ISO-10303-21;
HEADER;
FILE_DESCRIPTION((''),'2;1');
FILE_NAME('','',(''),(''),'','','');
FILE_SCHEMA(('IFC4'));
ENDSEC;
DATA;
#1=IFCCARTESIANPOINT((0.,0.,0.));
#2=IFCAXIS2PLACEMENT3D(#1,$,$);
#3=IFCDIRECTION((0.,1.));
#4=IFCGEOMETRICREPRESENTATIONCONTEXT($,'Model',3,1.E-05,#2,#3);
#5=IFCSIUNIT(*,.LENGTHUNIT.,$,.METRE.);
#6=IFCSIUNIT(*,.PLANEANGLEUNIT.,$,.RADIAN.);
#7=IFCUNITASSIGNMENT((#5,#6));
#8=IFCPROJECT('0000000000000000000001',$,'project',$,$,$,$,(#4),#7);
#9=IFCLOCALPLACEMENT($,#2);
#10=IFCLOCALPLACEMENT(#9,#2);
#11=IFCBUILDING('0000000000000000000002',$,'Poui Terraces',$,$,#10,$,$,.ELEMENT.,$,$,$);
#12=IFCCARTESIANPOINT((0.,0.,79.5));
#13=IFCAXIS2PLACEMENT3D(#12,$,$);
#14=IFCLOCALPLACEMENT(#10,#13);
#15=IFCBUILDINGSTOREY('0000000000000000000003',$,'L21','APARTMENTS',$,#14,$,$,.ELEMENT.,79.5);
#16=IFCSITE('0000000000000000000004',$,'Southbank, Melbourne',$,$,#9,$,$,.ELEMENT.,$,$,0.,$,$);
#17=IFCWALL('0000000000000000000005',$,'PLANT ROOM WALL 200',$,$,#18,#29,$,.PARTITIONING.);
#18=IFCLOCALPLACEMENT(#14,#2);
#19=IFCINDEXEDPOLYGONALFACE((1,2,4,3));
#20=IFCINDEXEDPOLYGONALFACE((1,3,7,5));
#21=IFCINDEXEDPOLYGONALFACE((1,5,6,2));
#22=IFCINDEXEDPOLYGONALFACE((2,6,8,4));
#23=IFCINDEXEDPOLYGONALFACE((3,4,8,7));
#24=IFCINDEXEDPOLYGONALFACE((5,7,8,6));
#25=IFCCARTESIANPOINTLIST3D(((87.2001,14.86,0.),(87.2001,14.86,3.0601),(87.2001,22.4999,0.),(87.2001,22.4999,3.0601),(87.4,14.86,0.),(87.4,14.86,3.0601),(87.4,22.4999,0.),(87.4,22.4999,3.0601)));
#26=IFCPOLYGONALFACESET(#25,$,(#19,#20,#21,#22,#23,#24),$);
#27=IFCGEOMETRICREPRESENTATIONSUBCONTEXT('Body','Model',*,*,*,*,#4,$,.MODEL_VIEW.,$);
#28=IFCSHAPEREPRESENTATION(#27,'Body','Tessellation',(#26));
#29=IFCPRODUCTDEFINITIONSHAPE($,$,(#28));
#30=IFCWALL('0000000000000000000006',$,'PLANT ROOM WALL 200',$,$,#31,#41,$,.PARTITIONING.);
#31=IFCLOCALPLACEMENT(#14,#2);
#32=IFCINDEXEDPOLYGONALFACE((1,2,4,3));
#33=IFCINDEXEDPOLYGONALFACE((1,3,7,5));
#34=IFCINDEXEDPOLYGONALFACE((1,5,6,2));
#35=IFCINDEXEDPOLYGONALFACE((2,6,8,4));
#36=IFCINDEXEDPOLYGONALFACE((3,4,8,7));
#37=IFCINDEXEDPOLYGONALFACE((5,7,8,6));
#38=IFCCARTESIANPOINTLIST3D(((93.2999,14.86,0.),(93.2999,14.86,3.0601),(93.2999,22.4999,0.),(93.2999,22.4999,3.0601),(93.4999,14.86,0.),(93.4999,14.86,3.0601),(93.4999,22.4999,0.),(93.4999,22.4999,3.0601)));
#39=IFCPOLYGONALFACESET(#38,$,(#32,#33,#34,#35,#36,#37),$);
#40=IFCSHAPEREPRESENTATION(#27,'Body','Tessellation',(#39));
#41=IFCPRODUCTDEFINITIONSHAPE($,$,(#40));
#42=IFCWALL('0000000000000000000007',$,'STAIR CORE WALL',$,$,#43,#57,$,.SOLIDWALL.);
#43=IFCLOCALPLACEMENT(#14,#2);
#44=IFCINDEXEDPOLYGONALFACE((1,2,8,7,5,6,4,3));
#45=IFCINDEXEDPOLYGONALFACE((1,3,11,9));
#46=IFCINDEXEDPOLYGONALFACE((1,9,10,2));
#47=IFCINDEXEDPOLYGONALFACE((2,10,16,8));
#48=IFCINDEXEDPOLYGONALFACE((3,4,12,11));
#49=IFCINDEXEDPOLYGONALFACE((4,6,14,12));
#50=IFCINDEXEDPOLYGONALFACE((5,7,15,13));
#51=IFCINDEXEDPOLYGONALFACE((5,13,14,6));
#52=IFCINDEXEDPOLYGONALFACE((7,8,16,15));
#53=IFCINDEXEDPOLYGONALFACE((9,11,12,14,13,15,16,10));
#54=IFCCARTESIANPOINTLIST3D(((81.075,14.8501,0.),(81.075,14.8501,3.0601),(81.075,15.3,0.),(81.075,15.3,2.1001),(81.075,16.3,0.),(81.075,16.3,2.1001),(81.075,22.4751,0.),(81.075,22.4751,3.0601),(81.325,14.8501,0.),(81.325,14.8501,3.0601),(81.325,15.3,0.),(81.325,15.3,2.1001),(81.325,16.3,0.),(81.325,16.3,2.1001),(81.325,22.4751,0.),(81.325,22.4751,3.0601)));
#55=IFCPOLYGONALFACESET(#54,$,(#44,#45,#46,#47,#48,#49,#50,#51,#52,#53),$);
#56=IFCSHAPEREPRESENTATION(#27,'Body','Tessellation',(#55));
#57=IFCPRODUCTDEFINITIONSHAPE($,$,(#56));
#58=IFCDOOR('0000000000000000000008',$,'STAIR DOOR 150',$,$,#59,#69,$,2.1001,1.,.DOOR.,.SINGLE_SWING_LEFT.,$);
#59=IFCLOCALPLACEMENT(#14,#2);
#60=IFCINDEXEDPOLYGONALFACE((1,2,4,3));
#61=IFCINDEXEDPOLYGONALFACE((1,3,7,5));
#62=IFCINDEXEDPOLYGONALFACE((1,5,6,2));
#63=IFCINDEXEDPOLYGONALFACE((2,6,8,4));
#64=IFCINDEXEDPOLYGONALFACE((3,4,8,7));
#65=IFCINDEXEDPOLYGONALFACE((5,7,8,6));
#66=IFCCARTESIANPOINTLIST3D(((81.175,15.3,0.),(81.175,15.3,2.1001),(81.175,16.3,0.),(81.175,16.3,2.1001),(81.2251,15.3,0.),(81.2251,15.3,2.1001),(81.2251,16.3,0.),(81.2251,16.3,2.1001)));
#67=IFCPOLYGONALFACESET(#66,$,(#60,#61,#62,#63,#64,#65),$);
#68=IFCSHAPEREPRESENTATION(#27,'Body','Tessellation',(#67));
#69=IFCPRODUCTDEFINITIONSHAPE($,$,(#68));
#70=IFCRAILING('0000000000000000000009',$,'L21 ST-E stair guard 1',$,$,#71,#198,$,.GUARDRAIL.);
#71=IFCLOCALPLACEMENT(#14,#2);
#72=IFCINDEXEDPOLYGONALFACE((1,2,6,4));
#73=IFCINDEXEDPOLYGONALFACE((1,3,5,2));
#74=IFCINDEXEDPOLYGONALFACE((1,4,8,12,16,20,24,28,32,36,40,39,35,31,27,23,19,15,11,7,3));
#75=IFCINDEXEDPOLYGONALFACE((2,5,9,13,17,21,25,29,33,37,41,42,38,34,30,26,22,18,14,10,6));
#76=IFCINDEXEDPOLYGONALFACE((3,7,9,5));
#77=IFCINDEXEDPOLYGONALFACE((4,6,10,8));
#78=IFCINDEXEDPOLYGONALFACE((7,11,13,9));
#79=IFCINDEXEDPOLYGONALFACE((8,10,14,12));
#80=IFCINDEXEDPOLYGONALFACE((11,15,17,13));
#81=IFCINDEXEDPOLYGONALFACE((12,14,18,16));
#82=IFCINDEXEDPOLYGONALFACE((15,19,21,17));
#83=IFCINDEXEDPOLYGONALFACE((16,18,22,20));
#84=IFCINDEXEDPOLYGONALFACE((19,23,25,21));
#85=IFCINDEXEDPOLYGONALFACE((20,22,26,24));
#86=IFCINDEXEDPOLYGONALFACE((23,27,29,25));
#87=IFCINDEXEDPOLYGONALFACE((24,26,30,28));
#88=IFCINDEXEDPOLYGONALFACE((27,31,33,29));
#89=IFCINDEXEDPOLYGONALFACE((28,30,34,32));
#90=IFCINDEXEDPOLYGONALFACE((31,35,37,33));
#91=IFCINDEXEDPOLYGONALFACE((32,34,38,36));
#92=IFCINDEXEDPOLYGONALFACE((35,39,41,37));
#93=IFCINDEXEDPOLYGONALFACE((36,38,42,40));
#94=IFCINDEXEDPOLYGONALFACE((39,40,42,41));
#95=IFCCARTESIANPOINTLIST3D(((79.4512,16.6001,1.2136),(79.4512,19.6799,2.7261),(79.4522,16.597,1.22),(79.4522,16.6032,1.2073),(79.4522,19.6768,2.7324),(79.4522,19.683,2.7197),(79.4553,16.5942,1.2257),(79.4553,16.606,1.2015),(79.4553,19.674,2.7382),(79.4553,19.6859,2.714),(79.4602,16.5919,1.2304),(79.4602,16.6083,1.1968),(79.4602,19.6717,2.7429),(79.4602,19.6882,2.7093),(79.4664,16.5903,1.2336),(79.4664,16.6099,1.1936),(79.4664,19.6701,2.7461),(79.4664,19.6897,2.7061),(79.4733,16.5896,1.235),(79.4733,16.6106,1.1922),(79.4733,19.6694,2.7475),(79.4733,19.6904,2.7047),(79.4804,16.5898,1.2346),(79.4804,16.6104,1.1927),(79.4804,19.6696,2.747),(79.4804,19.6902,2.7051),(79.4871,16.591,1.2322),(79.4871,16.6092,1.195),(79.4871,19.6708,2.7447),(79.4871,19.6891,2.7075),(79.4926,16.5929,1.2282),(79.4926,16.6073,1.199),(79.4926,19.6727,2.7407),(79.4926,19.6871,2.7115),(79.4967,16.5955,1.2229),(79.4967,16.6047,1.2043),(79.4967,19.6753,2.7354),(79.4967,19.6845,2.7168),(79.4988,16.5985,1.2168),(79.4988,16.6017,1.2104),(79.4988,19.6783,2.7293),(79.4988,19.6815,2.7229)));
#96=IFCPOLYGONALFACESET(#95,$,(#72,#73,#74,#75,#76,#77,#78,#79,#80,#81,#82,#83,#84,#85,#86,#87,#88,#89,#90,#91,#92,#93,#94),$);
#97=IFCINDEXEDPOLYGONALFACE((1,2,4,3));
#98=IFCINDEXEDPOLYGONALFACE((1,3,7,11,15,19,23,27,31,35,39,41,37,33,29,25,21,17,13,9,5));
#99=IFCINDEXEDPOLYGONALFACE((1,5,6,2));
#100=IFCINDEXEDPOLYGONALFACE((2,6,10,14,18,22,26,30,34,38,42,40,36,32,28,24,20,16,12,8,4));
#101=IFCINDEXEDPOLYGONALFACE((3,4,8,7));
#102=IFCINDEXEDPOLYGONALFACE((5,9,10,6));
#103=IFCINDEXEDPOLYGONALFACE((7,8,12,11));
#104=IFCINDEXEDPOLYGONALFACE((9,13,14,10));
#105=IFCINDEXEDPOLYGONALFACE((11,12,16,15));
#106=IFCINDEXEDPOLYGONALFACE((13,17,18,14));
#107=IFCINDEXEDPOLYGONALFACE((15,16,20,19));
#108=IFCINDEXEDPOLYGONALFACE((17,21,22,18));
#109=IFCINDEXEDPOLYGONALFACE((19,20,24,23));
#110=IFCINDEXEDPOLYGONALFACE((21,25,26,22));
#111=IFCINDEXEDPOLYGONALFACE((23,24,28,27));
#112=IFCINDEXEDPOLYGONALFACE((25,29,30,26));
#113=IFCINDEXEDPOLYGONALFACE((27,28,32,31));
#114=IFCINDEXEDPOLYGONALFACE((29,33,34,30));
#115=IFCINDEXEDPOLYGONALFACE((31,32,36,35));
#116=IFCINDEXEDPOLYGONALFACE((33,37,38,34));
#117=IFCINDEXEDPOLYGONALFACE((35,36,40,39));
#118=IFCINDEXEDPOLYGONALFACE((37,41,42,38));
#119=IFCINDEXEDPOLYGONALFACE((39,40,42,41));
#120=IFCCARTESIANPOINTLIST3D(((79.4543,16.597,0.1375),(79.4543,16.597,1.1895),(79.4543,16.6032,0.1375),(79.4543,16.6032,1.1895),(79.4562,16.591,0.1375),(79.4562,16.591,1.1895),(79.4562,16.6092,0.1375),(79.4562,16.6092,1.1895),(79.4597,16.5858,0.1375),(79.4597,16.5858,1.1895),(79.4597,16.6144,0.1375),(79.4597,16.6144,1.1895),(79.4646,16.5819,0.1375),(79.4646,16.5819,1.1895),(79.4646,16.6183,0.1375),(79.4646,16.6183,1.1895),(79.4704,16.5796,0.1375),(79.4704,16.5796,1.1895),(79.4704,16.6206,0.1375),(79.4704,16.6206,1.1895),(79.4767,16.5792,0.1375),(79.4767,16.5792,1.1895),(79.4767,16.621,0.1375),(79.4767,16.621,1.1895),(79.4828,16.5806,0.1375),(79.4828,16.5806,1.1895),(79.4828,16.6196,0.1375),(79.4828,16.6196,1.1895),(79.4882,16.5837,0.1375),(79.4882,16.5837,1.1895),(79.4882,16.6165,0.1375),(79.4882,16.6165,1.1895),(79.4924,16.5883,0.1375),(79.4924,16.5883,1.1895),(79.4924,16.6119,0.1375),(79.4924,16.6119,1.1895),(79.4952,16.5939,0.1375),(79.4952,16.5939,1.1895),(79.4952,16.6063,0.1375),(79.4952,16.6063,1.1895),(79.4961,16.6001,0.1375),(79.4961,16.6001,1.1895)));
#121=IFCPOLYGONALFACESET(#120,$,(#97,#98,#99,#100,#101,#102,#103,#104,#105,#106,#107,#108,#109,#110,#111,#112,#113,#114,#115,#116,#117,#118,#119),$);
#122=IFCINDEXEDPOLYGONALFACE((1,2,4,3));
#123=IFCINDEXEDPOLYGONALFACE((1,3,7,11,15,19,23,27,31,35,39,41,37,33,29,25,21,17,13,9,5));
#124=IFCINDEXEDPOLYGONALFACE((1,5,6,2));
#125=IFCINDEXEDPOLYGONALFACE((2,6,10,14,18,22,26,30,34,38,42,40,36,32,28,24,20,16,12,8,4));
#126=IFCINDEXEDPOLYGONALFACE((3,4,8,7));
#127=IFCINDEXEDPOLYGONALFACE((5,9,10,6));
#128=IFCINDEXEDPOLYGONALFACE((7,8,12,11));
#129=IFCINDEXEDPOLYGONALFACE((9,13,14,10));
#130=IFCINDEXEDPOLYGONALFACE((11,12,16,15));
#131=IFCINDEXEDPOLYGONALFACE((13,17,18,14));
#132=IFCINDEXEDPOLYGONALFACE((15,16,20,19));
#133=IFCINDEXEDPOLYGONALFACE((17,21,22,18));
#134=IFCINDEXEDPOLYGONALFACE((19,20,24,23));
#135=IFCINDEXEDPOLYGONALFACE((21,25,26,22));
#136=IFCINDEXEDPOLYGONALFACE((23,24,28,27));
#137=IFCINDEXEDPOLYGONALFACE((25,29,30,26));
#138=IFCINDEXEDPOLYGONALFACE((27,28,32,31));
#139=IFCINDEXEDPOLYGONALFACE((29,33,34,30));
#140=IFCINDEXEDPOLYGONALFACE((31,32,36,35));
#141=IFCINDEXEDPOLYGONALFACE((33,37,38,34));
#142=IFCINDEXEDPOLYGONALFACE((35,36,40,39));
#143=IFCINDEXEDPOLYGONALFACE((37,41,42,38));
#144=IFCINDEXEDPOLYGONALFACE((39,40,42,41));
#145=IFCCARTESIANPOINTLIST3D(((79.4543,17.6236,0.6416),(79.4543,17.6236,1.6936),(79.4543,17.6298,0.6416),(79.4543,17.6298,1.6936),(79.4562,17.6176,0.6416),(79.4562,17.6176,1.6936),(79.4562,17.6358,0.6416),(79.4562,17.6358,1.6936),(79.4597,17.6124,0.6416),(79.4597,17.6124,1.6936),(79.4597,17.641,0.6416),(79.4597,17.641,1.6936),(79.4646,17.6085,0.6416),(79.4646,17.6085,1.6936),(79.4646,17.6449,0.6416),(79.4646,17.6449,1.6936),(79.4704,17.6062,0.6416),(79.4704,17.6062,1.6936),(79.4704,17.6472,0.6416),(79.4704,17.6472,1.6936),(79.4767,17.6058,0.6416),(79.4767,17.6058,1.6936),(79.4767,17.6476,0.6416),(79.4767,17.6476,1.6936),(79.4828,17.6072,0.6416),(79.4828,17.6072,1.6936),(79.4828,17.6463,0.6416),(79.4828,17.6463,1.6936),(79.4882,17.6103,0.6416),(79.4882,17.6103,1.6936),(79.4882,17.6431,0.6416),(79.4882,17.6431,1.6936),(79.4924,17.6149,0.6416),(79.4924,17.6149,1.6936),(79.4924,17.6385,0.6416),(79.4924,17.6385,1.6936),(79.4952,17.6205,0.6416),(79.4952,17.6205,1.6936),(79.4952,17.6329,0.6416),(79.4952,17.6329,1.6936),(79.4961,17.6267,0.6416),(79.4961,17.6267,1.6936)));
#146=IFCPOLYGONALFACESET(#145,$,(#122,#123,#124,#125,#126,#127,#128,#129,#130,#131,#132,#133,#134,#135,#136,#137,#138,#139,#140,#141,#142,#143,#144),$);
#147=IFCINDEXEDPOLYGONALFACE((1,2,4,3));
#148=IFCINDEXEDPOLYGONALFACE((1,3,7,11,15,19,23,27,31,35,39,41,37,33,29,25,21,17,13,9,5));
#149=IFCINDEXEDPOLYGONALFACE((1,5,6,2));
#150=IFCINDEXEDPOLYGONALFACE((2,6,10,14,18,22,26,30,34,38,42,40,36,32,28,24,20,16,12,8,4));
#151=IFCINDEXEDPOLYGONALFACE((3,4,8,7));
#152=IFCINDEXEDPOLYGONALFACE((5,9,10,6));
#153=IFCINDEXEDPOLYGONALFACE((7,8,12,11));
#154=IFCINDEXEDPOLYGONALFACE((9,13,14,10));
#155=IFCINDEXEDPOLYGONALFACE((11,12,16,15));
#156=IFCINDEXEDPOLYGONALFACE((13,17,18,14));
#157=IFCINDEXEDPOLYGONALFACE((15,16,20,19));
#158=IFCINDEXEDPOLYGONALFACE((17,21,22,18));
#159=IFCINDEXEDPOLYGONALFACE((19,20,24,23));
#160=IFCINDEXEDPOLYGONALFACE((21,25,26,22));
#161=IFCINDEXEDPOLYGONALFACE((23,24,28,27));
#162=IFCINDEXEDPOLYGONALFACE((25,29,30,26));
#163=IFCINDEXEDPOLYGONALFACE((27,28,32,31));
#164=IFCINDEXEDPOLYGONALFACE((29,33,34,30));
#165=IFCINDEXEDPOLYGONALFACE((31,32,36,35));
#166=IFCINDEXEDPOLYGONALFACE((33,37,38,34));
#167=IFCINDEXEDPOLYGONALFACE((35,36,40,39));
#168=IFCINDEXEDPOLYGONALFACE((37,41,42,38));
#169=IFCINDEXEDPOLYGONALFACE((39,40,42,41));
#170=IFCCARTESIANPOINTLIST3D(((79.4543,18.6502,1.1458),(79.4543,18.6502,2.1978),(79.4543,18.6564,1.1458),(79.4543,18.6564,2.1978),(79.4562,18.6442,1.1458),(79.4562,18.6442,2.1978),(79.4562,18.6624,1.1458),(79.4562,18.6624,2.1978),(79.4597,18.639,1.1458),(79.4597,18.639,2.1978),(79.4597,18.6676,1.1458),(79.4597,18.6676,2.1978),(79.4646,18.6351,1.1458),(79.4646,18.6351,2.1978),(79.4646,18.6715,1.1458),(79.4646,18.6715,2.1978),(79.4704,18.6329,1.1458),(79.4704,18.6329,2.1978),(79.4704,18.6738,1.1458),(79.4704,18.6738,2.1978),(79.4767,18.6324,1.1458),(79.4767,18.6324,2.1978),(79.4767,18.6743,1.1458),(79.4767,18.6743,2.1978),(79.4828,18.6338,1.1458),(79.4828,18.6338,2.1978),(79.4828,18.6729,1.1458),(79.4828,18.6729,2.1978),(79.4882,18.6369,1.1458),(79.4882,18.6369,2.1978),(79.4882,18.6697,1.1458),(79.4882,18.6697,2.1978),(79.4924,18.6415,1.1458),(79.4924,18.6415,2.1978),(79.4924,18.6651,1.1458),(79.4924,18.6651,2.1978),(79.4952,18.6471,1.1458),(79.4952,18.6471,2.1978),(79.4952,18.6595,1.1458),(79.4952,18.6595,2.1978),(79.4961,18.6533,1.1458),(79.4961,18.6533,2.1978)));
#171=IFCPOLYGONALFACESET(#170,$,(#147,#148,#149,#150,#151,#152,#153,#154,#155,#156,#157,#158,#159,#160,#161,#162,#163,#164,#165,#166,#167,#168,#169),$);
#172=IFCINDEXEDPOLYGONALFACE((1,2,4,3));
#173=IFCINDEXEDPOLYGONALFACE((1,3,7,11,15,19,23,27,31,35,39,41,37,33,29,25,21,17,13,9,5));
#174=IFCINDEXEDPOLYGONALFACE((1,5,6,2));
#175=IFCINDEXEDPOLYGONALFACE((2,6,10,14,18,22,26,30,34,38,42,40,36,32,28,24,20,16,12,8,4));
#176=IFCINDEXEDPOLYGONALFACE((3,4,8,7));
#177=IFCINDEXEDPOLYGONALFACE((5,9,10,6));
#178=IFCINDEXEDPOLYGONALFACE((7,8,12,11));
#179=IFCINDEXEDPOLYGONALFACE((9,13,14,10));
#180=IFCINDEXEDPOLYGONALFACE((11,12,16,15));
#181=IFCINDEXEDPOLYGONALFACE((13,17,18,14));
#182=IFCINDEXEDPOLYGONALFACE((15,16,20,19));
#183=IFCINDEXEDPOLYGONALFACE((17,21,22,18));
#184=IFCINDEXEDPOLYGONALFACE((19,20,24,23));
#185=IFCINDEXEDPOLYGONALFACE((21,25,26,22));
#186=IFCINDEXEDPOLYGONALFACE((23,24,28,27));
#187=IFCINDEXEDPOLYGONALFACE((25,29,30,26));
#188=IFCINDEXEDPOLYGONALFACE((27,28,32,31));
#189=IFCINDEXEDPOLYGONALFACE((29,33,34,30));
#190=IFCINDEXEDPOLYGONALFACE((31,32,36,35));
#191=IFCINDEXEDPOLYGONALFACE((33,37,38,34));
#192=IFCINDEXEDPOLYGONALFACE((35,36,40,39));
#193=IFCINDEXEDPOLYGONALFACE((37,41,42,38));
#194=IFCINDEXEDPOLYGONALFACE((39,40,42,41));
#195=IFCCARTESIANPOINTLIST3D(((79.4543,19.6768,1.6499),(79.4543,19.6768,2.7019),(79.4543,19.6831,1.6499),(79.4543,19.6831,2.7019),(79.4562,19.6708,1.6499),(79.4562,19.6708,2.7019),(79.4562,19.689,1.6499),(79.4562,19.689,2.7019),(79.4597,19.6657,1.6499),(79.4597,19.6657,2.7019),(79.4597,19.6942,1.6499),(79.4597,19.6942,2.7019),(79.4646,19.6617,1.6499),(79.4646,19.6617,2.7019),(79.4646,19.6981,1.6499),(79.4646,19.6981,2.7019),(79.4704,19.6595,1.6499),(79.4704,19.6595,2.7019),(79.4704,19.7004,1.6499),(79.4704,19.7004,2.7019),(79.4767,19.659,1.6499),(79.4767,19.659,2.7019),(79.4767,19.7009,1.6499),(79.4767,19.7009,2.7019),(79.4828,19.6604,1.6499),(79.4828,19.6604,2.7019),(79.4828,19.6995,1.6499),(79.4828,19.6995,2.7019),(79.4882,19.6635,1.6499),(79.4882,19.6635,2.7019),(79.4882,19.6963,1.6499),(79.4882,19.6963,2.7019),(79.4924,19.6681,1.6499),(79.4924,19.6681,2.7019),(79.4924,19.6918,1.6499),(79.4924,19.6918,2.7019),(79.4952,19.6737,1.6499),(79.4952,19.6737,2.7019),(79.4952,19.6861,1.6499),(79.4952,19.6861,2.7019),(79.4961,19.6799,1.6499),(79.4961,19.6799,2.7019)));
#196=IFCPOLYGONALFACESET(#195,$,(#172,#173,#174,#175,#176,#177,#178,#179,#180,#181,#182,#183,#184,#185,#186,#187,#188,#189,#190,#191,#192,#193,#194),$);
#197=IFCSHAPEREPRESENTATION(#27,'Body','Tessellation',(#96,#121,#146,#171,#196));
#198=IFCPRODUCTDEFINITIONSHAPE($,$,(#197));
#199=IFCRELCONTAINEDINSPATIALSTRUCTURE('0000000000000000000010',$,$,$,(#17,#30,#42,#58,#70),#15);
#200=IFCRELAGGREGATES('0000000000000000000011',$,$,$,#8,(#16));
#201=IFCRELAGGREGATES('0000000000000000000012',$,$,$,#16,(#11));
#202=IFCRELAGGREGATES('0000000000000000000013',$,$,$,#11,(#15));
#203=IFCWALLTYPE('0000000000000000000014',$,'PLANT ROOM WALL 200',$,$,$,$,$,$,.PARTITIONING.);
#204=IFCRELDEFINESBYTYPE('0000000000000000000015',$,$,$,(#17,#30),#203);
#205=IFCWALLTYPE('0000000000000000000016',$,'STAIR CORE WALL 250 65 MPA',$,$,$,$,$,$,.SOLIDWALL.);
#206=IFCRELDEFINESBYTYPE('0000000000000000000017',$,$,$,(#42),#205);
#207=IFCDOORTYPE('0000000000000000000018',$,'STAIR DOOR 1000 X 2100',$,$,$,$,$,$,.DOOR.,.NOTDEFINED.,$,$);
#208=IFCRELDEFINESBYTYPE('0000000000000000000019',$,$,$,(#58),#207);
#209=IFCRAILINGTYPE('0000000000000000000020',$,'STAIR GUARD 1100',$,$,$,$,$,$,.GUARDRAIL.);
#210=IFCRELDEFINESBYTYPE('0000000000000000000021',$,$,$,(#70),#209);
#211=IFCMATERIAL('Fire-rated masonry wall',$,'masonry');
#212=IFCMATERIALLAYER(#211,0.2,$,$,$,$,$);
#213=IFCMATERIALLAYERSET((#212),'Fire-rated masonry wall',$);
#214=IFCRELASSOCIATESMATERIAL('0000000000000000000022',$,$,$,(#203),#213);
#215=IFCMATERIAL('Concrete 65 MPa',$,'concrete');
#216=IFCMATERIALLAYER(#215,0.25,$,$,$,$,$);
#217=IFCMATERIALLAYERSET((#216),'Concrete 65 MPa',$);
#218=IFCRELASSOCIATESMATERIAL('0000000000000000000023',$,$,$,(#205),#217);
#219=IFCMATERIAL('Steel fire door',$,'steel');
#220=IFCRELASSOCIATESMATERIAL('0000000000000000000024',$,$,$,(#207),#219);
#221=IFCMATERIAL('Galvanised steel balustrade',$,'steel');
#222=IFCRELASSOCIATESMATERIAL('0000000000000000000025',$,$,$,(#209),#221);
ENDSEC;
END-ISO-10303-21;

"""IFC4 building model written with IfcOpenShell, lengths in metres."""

from ifc_helpers import new_model, si_unit, direction, frame, frame_2d, origin, origin_2d, place, context, subcontext, project, spatial, rectangle, circle, extrude, material, layer, layer_set, type_object, element, fill, save


model = new_model("IFC4")

# Units and contexts
model_context = context("Model", 3, precision=1e-05, world=origin(), true_north=direction((0.0, 1.0)))
body_context = subcontext(model_context, "Body", "Model", "MODEL_VIEW")
ifc_project = project(units=[si_unit("LENGTHUNIT", "METRE"), si_unit("PLANEANGLEUNIT", "RADIAN")], contexts=[model_context])

# Site, building, storey
site_placement = place(None, origin())
site = spatial("IfcSite", under=ifc_project, at=site_placement, Name="Southbank, Melbourne", CompositionType="ELEMENT", RefElevation=0.0)
building_placement = place(site_placement, origin())
building = spatial("IfcBuilding", under=site, at=building_placement, Name="Poui Terraces", CompositionType="ELEMENT")
storey_placement = place(building_placement, frame((0.0, 0.0, 79.5)))
storey = spatial("IfcBuildingStorey", under=building, at=storey_placement, Name="L21", Description="APARTMENTS", CompositionType="ELEMENT", Elevation=79.5)

# Shared definitions
ifc_material_1 = material(Name="Concrete 65 MPa", Category="concrete")

# Shared definitions
ifc_material_2 = material(Name="Steel fire door", Category="steel")

# Walls
ifc_material_3 = material(Name="Fire-rated masonry wall", Category="masonry")
ifc_layer_1 = layer(ifc_material_3, 0.2)
ifc_layer_set_1 = layer_set([ifc_layer_1], Name="Fire-rated masonry wall")
wall_type_1 = type_object("IfcWallType", Name="PLANT ROOM WALL 200", PredefinedType="PARTITIONING", material=ifc_layer_set_1)
for number, where, z_axis, x_axis, name in (
    (1, (87.3, 14.8601, 0.0), (0.0, 0.0, 1.0), (0.0, 1.0, 0.0), "PLANT ROOM WALL 200"),
    (2, (93.3999, 14.8601, 0.0), (0.0, 0.0, 1.0), (0.0, 1.0, 0.0), "PLANT ROOM WALL 200"),
):
    element("IfcWall", number, at=place(storey_placement, frame(where, z_axis=z_axis, x_axis=x_axis)), inside=storey, type_object=wall_type_1, Name=name, PredefinedType="PARTITIONING", context=body_context, shape_type="SweptSolid", body=[
        extrude(rectangle(XDim=7.6399, YDim=0.2, at=frame_2d((3.8198, 0.0))), origin(), (0.0, 0.0, 1.0), 3.0601),
    ])

# Wall, opening, door
ifc_layer_2 = layer(ifc_material_1, 0.25)
ifc_layer_set_2 = layer_set([ifc_layer_2], Name="Concrete 65 MPa")
wall_type_2 = type_object("IfcWallType", Name="STAIR CORE WALL 250 65 MPA", PredefinedType="SOLIDWALL", material=ifc_layer_set_2)
wall_1_placement = place(storey_placement, frame((81.2, 14.8501, 0.0), z_axis=(0.0, 0.0, 1.0), x_axis=(0.0, 1.0, 0.0)))
wall_1 = element("IfcWall", 3, at=wall_1_placement, inside=storey, type_object=wall_type_2, Name="STAIR CORE WALL", PredefinedType="SOLIDWALL", context=body_context, shape_type="SweptSolid", body=[
    extrude(rectangle(XDim=7.625, YDim=0.25, at=frame_2d((3.8125, 0.0))), origin(), (0.0, 0.0, 1.0), 3.0601),
])
opening_1_placement = place(wall_1_placement, frame((0.45, 0.0, 0.0)))
opening_1 = element("IfcOpeningElement", 4, at=opening_1_placement, cuts=wall_1, PredefinedType="OPENING", context=body_context, shape_type="SweptSolid", body=[
    extrude(rectangle(XDim=1.0, YDim=2.1001, at=frame_2d((0.5, 1.05))), frame((0.0, 0.135, 0.0), z_axis=(0.0, -1.0, 0.0), x_axis=(1.0, 0.0, 0.0)), (0.0, 0.0, 1.0), 0.27),
])
door_type_1 = type_object("IfcDoorType", Name="STAIR DOOR 1000 X 2100", OperationType="NOTDEFINED", PredefinedType="DOOR", material=ifc_material_2)
door_1_placement = place(opening_1_placement, origin())
door_1 = element("IfcDoor", 5, at=door_1_placement, inside=storey, type_object=door_type_1, Name="STAIR DOOR 150", OperationType="SINGLE_SWING_LEFT", OverallHeight=2.1001, OverallWidth=1.0, PredefinedType="DOOR", context=body_context, shape_type="SweptSolid", body=[
    extrude(rectangle(XDim=1.0, YDim=2.1001, at=frame_2d((0.5, 1.05))), frame((0.0, 0.0249, 0.0), z_axis=(0.0, -1.0, 0.0), x_axis=(1.0, 0.0, 0.0)), (0.0, 0.0, 1.0), 0.05),
])
fill(opening_1, door_1)

# Railing
ifc_material_4 = material(Name="Galvanised steel balustrade", Category="steel")
railing_type = type_object("IfcRailingType", Name="STAIR GUARD 1100", PredefinedType="GUARDRAIL", material=ifc_material_4)
railing_1_placement = place(storey_placement, frame((79.4751, 16.6001, 0.1375)))
element("IfcRailing", 6, at=railing_1_placement, inside=storey, type_object=railing_type, Name="L21 ST-E stair guard 1", PredefinedType="GUARDRAIL", context=body_context, shape_type="SweptSolid", body=[
    extrude(circle(Radius=0.0239, at=origin_2d()), frame((0.0, 0.0, 1.0762), z_axis=(0.0, 0.897606, 0.440798), x_axis=(-1.0, 0.0, 0.0)), (0.0, 0.0, 1.0), 3.4312),
    extrude(circle(Radius=0.021, at=origin_2d()), origin(), (0.0, 0.0, 1.0), 1.052),
    extrude(circle(Radius=0.021, at=origin_2d()), frame((0.0, 1.0266, 0.5042)), (0.0, 0.0, 1.0), 1.052),
    extrude(circle(Radius=0.021, at=origin_2d()), frame((0.0, 2.0532, 1.0083)), (0.0, 0.0, 1.0), 1.052),
    extrude(circle(Radius=0.021, at=origin_2d()), frame((0.0, 3.0798, 1.5125)), (0.0, 0.0, 1.0), 1.052),
])

save(model, "model.ifc")
